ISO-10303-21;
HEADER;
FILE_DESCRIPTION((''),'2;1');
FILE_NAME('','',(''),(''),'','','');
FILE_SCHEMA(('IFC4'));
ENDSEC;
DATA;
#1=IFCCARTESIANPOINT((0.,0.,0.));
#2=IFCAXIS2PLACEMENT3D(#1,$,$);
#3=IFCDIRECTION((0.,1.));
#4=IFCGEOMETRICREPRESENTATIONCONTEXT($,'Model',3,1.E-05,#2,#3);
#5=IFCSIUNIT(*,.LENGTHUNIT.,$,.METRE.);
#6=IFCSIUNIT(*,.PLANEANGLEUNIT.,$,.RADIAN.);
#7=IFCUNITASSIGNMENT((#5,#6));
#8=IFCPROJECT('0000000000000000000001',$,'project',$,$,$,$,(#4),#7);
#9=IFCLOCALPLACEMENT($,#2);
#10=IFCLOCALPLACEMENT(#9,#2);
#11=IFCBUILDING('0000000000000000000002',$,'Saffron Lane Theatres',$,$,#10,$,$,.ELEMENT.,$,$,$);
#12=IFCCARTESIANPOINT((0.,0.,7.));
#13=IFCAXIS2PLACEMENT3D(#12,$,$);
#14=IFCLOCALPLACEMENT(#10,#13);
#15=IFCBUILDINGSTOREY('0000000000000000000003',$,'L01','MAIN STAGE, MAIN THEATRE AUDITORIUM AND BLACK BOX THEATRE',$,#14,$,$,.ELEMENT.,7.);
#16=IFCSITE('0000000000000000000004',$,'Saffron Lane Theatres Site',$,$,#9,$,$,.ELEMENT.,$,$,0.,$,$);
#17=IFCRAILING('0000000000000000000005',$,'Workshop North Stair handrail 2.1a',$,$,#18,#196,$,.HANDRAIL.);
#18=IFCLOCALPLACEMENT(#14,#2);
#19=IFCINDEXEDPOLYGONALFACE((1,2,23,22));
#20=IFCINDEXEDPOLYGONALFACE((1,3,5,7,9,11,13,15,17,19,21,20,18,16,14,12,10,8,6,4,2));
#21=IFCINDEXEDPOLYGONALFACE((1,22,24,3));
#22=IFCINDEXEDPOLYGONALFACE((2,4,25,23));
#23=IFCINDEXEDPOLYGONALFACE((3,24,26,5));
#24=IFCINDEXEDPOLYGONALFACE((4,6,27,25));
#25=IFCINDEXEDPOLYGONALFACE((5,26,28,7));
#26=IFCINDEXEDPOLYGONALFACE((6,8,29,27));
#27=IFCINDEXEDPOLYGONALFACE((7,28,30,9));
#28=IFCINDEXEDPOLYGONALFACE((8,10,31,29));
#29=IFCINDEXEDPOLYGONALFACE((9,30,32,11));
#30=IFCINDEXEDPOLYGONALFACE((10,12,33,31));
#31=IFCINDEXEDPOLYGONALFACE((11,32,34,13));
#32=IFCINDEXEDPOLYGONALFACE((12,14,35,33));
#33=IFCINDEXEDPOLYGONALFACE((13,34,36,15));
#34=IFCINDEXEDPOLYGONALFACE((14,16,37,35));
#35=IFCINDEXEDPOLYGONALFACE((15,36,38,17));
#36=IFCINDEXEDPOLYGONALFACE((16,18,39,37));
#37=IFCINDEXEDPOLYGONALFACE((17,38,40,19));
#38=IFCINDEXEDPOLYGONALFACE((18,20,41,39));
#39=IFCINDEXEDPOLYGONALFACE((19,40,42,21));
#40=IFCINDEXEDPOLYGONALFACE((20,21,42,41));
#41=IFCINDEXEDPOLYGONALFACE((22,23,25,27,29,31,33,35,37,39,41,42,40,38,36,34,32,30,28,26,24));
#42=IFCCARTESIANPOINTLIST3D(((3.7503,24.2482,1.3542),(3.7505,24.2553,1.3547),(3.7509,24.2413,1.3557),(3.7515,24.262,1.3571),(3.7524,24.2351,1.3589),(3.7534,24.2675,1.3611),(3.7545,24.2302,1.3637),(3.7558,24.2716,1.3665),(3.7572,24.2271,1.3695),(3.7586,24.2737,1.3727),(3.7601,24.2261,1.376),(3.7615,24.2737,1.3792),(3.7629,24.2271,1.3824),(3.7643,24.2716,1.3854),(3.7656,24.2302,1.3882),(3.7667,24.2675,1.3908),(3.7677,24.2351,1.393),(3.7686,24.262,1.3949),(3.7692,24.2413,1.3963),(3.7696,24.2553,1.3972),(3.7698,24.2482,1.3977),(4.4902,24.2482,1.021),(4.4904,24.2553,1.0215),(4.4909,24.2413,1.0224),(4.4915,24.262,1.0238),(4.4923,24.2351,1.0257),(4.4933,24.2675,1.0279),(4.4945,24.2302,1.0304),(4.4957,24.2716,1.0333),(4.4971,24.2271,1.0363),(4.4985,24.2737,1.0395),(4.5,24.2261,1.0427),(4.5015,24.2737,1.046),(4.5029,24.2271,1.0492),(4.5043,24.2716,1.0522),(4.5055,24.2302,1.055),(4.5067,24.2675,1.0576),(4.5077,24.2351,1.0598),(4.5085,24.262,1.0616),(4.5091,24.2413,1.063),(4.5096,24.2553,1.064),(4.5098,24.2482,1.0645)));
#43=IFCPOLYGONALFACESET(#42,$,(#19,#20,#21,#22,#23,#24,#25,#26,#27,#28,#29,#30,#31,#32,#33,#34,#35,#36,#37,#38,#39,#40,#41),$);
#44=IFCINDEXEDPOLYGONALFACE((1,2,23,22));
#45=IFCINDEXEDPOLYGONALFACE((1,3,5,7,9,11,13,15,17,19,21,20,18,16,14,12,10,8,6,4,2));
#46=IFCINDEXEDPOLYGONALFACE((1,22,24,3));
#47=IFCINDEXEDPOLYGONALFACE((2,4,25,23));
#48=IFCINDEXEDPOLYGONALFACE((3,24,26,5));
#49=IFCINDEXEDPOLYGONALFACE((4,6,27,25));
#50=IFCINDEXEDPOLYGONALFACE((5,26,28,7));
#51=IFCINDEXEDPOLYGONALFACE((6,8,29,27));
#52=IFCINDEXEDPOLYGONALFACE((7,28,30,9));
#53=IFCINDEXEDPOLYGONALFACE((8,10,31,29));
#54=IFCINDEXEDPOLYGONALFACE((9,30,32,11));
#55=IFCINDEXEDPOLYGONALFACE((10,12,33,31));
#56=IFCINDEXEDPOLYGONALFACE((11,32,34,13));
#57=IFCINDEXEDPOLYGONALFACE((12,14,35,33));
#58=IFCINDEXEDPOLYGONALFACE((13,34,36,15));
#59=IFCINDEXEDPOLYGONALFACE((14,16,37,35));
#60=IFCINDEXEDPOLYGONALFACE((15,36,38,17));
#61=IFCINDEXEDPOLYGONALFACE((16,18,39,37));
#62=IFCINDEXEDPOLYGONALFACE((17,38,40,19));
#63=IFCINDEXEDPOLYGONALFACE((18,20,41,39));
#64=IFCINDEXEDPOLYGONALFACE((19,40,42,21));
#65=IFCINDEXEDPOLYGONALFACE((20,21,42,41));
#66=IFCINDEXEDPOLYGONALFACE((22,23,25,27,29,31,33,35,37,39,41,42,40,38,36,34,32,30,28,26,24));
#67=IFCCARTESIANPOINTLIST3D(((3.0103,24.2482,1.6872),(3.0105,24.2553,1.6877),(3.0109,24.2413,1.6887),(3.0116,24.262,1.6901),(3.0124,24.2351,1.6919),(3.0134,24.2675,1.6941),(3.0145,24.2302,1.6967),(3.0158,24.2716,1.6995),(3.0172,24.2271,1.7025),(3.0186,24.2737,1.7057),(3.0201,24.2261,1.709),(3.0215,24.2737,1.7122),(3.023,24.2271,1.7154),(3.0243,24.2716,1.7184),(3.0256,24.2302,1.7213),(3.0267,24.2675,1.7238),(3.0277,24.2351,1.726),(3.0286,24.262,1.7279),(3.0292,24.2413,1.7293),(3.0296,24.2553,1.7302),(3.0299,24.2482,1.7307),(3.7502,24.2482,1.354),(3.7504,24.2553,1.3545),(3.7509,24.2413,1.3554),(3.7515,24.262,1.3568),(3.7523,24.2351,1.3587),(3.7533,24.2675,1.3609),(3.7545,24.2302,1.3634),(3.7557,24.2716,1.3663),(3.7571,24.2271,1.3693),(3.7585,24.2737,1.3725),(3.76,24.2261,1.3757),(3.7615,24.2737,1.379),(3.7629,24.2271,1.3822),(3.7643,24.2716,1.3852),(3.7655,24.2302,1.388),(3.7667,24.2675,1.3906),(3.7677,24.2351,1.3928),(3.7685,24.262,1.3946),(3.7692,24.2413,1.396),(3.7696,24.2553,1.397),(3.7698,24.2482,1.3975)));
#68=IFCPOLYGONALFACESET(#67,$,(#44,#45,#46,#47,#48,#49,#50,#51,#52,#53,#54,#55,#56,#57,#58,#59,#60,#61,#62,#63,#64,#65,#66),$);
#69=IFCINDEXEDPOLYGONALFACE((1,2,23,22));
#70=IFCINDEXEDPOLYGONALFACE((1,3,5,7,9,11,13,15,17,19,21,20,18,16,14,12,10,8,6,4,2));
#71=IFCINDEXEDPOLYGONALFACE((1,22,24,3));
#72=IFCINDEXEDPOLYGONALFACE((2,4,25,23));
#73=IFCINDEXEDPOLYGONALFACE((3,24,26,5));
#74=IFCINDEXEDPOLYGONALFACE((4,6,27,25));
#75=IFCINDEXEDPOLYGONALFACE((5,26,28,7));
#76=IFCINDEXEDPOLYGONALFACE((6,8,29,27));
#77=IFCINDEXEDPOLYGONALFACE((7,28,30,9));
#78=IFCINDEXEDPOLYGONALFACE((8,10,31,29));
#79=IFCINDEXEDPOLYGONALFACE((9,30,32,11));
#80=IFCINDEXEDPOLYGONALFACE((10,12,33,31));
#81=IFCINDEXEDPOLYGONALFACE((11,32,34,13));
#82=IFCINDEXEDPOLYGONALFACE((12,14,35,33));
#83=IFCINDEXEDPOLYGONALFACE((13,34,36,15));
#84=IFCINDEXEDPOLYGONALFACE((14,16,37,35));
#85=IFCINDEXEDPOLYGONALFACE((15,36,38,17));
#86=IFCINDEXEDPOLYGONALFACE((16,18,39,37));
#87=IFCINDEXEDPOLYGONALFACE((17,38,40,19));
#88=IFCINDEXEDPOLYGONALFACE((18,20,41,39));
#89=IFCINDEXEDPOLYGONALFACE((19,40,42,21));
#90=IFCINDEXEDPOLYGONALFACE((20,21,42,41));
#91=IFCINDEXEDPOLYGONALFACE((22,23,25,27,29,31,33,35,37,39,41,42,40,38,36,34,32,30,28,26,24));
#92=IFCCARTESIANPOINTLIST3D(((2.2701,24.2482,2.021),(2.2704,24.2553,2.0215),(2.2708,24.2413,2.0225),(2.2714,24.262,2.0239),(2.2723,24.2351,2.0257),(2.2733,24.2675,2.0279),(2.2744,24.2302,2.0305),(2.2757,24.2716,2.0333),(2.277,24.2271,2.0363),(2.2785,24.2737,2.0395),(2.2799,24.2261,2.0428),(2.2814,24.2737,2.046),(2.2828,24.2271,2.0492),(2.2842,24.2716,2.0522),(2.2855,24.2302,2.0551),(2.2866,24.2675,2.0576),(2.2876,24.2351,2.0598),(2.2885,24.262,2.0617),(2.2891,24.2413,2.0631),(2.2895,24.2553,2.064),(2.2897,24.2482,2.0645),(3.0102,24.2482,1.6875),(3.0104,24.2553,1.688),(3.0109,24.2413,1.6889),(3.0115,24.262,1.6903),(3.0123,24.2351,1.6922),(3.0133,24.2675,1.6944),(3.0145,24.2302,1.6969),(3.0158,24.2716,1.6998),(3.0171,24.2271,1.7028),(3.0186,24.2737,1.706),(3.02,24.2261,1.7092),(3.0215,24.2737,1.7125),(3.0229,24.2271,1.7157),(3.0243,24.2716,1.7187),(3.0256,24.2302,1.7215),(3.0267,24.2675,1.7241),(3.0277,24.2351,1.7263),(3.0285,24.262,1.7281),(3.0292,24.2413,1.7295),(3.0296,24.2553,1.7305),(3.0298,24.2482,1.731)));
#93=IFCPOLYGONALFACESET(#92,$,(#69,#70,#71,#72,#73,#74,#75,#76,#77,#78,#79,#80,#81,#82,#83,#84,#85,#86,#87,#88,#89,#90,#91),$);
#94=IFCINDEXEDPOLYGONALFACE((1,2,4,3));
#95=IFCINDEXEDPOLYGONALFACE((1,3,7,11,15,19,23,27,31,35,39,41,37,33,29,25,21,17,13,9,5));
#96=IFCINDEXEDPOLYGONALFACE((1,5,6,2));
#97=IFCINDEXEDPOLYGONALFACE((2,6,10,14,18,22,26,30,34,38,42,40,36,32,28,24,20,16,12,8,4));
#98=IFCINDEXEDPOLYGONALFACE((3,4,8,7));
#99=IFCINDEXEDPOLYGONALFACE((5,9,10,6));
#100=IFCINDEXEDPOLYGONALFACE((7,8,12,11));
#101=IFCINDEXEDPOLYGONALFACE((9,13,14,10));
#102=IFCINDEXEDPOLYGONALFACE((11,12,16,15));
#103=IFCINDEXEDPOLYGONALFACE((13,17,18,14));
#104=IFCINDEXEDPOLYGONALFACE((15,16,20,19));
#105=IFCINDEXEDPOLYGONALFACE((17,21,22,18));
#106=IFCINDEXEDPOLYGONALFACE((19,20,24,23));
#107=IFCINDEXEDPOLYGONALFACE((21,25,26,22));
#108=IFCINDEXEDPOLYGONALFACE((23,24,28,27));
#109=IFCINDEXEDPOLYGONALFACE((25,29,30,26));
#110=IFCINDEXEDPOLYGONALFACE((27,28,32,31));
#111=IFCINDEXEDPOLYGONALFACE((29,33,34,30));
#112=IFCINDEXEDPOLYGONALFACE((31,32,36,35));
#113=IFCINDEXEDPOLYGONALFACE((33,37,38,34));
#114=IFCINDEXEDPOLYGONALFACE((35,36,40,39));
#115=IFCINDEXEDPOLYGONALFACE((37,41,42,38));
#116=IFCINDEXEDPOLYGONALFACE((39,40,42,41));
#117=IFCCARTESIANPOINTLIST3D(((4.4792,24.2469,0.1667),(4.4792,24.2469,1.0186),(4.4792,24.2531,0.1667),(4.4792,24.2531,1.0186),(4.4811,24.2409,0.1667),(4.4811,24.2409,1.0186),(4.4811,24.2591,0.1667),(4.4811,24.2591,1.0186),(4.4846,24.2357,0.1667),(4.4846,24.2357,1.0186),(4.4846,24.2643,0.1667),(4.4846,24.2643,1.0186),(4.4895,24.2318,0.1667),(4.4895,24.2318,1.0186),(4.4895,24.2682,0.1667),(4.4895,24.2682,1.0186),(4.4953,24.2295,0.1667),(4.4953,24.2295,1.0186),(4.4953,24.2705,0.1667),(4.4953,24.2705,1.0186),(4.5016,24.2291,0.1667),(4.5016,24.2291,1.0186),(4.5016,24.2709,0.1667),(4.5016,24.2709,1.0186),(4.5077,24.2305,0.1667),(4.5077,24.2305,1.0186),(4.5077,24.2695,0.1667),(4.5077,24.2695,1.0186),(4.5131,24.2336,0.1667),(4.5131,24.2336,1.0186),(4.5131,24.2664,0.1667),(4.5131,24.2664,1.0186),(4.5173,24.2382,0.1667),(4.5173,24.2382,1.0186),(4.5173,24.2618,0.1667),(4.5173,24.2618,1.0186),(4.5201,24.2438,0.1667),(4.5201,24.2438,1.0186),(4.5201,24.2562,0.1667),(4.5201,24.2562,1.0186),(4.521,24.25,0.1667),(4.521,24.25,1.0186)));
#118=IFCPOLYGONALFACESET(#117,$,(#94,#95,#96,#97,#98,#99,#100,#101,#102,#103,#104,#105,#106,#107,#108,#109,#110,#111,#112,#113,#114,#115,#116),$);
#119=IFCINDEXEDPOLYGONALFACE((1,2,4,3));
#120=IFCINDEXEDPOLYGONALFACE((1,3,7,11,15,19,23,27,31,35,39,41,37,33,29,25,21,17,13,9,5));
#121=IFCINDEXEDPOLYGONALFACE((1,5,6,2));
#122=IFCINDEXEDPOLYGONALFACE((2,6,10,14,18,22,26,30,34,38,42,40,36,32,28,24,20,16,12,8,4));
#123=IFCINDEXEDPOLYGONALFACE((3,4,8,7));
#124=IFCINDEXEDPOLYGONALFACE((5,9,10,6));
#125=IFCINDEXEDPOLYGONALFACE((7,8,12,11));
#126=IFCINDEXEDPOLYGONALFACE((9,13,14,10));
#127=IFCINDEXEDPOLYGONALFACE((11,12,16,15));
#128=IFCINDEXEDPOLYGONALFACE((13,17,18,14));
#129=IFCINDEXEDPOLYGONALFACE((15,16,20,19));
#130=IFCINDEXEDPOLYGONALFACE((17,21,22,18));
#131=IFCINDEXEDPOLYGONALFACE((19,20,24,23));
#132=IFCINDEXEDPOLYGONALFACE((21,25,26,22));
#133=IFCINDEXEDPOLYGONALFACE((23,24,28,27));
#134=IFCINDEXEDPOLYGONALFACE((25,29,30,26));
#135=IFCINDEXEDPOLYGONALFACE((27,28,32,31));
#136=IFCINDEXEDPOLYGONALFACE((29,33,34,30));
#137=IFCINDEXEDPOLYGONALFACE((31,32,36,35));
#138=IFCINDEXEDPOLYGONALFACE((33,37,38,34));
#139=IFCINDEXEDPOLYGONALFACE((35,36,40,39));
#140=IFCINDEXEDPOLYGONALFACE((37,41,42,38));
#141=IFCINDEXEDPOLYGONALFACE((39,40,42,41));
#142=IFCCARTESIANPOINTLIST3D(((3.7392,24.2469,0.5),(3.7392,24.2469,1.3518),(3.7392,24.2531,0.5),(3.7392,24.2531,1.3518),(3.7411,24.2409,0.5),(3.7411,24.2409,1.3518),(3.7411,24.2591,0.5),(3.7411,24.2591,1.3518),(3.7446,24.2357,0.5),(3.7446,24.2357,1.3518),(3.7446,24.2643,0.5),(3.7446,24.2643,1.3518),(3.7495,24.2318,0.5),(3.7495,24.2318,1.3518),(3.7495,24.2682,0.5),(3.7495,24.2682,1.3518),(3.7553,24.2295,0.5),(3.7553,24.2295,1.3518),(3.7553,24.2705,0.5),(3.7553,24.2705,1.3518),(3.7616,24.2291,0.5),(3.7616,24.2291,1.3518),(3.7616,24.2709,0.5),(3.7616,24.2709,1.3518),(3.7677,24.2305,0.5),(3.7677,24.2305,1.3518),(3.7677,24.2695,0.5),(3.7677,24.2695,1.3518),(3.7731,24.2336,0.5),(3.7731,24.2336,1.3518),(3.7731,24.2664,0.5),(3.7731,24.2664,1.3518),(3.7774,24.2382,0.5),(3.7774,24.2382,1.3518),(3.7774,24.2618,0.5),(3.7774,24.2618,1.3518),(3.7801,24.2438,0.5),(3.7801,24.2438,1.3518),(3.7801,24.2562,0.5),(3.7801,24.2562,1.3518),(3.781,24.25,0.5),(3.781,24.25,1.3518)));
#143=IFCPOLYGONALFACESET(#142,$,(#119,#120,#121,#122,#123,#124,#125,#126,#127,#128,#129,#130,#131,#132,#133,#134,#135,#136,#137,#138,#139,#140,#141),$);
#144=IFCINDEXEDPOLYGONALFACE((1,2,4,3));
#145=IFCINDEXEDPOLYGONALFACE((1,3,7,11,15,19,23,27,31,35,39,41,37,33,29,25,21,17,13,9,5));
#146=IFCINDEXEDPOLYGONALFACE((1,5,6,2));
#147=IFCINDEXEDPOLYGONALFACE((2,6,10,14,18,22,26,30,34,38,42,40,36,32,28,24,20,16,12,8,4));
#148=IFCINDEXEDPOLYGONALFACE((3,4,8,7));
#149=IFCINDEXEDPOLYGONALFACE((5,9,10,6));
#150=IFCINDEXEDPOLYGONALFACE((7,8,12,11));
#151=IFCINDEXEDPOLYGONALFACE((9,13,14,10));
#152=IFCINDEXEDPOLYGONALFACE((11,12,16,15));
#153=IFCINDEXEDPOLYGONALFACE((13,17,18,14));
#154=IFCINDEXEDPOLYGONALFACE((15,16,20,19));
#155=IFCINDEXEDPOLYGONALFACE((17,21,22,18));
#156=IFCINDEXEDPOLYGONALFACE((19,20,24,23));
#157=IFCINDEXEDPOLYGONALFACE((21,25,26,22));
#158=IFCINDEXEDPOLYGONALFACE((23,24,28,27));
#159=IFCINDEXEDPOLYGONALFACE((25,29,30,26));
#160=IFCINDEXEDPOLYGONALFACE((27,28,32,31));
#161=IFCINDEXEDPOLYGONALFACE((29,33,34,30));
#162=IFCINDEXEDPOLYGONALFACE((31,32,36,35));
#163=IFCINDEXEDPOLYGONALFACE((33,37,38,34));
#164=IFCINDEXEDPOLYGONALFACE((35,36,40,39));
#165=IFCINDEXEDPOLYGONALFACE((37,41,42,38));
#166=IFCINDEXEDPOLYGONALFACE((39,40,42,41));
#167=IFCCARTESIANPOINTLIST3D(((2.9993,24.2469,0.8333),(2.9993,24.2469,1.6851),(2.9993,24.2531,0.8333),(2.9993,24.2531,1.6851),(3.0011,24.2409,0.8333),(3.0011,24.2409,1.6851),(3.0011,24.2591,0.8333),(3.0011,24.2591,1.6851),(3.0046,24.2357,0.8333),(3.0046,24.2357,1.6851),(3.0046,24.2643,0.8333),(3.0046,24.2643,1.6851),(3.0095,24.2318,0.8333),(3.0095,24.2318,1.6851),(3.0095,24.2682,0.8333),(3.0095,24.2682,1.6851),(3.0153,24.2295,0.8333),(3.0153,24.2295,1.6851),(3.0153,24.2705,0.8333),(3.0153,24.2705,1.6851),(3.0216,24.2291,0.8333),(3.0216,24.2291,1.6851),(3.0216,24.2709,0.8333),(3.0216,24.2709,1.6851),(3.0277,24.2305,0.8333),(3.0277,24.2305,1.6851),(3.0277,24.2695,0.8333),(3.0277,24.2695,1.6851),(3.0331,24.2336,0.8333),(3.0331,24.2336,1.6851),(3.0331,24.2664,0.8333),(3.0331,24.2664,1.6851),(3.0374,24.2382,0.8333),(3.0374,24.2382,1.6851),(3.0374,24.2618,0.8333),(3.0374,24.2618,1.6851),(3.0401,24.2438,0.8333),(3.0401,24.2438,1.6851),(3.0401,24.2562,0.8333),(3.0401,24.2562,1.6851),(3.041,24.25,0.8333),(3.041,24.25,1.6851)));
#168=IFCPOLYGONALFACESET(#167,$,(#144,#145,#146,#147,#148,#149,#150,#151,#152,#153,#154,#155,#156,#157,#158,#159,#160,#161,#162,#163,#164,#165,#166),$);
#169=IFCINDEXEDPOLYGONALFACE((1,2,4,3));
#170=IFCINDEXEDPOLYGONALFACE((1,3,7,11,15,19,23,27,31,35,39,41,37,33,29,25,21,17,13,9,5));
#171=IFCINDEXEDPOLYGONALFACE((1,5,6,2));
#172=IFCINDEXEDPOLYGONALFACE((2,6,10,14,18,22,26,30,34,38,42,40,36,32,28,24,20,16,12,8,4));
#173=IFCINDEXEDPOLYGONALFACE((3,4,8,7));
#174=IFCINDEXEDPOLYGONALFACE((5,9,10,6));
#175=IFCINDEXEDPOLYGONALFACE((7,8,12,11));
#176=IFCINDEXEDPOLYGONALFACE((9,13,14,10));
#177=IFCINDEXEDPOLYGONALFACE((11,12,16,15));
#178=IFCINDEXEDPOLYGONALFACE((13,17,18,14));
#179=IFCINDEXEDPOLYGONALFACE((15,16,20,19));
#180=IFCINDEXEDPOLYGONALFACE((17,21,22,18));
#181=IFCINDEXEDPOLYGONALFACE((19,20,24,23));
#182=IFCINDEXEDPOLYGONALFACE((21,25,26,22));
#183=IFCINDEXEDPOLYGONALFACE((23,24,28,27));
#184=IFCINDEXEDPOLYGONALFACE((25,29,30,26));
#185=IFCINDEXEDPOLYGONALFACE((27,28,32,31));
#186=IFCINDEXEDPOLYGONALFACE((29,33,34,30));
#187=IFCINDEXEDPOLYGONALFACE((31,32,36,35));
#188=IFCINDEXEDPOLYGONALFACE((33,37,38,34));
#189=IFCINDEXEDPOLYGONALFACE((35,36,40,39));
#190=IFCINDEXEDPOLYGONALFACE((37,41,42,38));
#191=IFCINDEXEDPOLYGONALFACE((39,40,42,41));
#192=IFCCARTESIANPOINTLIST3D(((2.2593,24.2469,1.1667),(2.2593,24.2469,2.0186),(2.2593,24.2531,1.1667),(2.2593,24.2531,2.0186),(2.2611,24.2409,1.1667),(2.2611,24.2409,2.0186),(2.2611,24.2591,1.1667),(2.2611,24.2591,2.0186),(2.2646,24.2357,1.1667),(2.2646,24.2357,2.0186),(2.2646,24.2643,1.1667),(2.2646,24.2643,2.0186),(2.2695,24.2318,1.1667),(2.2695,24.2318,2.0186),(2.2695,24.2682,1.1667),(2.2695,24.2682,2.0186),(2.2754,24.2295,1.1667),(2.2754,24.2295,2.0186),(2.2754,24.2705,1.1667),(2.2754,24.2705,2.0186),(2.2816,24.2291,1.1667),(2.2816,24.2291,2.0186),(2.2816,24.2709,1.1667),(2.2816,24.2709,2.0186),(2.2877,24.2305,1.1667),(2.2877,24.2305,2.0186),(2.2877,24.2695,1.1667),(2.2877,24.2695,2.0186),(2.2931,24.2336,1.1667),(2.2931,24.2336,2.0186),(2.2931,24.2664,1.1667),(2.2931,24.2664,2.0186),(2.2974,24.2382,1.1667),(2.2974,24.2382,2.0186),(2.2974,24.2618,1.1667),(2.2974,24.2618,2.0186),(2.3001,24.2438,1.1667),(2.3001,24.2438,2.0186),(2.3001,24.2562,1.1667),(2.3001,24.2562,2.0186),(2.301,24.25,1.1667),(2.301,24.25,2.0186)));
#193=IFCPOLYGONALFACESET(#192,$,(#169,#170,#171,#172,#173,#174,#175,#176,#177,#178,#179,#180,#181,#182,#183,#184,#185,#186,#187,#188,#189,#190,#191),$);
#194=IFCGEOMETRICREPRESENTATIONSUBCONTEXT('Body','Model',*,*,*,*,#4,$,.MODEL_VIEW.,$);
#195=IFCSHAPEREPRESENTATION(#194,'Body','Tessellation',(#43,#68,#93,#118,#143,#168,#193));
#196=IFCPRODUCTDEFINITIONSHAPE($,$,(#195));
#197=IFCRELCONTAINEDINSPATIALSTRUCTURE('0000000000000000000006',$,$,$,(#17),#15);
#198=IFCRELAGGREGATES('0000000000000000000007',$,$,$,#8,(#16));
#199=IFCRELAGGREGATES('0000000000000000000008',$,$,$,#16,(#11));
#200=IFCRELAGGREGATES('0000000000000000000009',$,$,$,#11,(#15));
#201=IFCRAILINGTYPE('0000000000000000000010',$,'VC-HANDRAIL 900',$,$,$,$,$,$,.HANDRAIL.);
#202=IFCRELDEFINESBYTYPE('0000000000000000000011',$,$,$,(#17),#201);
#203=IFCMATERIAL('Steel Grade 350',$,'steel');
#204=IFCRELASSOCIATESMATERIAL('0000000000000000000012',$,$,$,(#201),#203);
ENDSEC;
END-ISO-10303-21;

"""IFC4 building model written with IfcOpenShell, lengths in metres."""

from ifc_helpers import new_model, si_unit, direction, frame, origin, origin_2d, place, context, subcontext, project, spatial, circle, extrude, material, type_object, element, save


model = new_model("IFC4")

# Units and contexts
model_context = context("Model", 3, precision=1e-05, world=origin(), true_north=direction((0.0, 1.0)))
body_context = subcontext(model_context, "Body", "Model", "MODEL_VIEW")
ifc_project = project(units=[si_unit("LENGTHUNIT", "METRE"), si_unit("PLANEANGLEUNIT", "RADIAN")], contexts=[model_context])

# Site, building, storey
site_placement = place(None, origin())
site = spatial("IfcSite", under=ifc_project, at=site_placement, Name="Saffron Lane Theatres Site", CompositionType="ELEMENT", RefElevation=0.0)
building_placement = place(site_placement, origin())
building = spatial("IfcBuilding", under=site, at=building_placement, Name="Saffron Lane Theatres", CompositionType="ELEMENT")
storey_placement = place(building_placement, frame((0.0, 0.0, 7.0)))
storey = spatial("IfcBuildingStorey", under=building, at=storey_placement, Name="L01", Description="MAIN STAGE, MAIN THEATRE AUDITORIUM AND BLACK BOX THEATRE", CompositionType="ELEMENT", Elevation=7.0)

# Railing
ifc_material_1 = material(Name="Steel Grade 350", Category="steel")
railing_type_1 = type_object("IfcRailingType", Name="VC-HANDRAIL 900", PredefinedType="HANDRAIL", material=ifc_material_1)
for number, where, name in (
    (1, (4.5, 24.25, 0.1667), "Workshop North Stair handrail 2.1a"),
):
    element("IfcRailing", number, at=place(storey_placement, frame(where)), inside=storey, type_object=railing_type_1, Name=name, PredefinedType="HANDRAIL", context=body_context, shape_type="SweptSolid", body=[
        extrude(circle(Radius=0.0239, at=origin_2d()), frame((0.0, 0.0, 0.876), z_axis=(-0.911803, 0.0, 0.410627), x_axis=(0.0, -1.0, 0.0)), (0.0, 0.0, 1.0), 0.8115),
        extrude(circle(Radius=0.0239, at=origin_2d()), frame((-0.74, 0.0, 1.209), z_axis=(-0.911803, 0.0, 0.410627), x_axis=(0.0, -1.0, 0.0)), (0.0, 0.0, 1.0), 0.8115),
        extrude(circle(Radius=0.0239, at=origin_2d()), frame((-1.48, 0.0, 1.5425), z_axis=(-0.911691, 0.0, 0.410877), x_axis=(0.0, -1.0, 0.0)), (0.0, 0.0, 1.0), 0.8118),
        extrude(circle(Radius=0.021, at=origin_2d()), origin(), (0.0, 0.0, 1.0), 0.8518),
        extrude(circle(Radius=0.021, at=origin_2d()), frame((-0.74, 0.0, 0.3333)), (0.0, 0.0, 1.0), 0.8518),
        extrude(circle(Radius=0.021, at=origin_2d()), frame((-1.48, 0.0, 0.6665)), (0.0, 0.0, 1.0), 0.8518),
        extrude(circle(Radius=0.021, at=origin_2d()), frame((-2.22, 0.0, 1.0)), (0.0, 0.0, 1.0), 0.8518),
    ])

save(model, "model.ifc")
